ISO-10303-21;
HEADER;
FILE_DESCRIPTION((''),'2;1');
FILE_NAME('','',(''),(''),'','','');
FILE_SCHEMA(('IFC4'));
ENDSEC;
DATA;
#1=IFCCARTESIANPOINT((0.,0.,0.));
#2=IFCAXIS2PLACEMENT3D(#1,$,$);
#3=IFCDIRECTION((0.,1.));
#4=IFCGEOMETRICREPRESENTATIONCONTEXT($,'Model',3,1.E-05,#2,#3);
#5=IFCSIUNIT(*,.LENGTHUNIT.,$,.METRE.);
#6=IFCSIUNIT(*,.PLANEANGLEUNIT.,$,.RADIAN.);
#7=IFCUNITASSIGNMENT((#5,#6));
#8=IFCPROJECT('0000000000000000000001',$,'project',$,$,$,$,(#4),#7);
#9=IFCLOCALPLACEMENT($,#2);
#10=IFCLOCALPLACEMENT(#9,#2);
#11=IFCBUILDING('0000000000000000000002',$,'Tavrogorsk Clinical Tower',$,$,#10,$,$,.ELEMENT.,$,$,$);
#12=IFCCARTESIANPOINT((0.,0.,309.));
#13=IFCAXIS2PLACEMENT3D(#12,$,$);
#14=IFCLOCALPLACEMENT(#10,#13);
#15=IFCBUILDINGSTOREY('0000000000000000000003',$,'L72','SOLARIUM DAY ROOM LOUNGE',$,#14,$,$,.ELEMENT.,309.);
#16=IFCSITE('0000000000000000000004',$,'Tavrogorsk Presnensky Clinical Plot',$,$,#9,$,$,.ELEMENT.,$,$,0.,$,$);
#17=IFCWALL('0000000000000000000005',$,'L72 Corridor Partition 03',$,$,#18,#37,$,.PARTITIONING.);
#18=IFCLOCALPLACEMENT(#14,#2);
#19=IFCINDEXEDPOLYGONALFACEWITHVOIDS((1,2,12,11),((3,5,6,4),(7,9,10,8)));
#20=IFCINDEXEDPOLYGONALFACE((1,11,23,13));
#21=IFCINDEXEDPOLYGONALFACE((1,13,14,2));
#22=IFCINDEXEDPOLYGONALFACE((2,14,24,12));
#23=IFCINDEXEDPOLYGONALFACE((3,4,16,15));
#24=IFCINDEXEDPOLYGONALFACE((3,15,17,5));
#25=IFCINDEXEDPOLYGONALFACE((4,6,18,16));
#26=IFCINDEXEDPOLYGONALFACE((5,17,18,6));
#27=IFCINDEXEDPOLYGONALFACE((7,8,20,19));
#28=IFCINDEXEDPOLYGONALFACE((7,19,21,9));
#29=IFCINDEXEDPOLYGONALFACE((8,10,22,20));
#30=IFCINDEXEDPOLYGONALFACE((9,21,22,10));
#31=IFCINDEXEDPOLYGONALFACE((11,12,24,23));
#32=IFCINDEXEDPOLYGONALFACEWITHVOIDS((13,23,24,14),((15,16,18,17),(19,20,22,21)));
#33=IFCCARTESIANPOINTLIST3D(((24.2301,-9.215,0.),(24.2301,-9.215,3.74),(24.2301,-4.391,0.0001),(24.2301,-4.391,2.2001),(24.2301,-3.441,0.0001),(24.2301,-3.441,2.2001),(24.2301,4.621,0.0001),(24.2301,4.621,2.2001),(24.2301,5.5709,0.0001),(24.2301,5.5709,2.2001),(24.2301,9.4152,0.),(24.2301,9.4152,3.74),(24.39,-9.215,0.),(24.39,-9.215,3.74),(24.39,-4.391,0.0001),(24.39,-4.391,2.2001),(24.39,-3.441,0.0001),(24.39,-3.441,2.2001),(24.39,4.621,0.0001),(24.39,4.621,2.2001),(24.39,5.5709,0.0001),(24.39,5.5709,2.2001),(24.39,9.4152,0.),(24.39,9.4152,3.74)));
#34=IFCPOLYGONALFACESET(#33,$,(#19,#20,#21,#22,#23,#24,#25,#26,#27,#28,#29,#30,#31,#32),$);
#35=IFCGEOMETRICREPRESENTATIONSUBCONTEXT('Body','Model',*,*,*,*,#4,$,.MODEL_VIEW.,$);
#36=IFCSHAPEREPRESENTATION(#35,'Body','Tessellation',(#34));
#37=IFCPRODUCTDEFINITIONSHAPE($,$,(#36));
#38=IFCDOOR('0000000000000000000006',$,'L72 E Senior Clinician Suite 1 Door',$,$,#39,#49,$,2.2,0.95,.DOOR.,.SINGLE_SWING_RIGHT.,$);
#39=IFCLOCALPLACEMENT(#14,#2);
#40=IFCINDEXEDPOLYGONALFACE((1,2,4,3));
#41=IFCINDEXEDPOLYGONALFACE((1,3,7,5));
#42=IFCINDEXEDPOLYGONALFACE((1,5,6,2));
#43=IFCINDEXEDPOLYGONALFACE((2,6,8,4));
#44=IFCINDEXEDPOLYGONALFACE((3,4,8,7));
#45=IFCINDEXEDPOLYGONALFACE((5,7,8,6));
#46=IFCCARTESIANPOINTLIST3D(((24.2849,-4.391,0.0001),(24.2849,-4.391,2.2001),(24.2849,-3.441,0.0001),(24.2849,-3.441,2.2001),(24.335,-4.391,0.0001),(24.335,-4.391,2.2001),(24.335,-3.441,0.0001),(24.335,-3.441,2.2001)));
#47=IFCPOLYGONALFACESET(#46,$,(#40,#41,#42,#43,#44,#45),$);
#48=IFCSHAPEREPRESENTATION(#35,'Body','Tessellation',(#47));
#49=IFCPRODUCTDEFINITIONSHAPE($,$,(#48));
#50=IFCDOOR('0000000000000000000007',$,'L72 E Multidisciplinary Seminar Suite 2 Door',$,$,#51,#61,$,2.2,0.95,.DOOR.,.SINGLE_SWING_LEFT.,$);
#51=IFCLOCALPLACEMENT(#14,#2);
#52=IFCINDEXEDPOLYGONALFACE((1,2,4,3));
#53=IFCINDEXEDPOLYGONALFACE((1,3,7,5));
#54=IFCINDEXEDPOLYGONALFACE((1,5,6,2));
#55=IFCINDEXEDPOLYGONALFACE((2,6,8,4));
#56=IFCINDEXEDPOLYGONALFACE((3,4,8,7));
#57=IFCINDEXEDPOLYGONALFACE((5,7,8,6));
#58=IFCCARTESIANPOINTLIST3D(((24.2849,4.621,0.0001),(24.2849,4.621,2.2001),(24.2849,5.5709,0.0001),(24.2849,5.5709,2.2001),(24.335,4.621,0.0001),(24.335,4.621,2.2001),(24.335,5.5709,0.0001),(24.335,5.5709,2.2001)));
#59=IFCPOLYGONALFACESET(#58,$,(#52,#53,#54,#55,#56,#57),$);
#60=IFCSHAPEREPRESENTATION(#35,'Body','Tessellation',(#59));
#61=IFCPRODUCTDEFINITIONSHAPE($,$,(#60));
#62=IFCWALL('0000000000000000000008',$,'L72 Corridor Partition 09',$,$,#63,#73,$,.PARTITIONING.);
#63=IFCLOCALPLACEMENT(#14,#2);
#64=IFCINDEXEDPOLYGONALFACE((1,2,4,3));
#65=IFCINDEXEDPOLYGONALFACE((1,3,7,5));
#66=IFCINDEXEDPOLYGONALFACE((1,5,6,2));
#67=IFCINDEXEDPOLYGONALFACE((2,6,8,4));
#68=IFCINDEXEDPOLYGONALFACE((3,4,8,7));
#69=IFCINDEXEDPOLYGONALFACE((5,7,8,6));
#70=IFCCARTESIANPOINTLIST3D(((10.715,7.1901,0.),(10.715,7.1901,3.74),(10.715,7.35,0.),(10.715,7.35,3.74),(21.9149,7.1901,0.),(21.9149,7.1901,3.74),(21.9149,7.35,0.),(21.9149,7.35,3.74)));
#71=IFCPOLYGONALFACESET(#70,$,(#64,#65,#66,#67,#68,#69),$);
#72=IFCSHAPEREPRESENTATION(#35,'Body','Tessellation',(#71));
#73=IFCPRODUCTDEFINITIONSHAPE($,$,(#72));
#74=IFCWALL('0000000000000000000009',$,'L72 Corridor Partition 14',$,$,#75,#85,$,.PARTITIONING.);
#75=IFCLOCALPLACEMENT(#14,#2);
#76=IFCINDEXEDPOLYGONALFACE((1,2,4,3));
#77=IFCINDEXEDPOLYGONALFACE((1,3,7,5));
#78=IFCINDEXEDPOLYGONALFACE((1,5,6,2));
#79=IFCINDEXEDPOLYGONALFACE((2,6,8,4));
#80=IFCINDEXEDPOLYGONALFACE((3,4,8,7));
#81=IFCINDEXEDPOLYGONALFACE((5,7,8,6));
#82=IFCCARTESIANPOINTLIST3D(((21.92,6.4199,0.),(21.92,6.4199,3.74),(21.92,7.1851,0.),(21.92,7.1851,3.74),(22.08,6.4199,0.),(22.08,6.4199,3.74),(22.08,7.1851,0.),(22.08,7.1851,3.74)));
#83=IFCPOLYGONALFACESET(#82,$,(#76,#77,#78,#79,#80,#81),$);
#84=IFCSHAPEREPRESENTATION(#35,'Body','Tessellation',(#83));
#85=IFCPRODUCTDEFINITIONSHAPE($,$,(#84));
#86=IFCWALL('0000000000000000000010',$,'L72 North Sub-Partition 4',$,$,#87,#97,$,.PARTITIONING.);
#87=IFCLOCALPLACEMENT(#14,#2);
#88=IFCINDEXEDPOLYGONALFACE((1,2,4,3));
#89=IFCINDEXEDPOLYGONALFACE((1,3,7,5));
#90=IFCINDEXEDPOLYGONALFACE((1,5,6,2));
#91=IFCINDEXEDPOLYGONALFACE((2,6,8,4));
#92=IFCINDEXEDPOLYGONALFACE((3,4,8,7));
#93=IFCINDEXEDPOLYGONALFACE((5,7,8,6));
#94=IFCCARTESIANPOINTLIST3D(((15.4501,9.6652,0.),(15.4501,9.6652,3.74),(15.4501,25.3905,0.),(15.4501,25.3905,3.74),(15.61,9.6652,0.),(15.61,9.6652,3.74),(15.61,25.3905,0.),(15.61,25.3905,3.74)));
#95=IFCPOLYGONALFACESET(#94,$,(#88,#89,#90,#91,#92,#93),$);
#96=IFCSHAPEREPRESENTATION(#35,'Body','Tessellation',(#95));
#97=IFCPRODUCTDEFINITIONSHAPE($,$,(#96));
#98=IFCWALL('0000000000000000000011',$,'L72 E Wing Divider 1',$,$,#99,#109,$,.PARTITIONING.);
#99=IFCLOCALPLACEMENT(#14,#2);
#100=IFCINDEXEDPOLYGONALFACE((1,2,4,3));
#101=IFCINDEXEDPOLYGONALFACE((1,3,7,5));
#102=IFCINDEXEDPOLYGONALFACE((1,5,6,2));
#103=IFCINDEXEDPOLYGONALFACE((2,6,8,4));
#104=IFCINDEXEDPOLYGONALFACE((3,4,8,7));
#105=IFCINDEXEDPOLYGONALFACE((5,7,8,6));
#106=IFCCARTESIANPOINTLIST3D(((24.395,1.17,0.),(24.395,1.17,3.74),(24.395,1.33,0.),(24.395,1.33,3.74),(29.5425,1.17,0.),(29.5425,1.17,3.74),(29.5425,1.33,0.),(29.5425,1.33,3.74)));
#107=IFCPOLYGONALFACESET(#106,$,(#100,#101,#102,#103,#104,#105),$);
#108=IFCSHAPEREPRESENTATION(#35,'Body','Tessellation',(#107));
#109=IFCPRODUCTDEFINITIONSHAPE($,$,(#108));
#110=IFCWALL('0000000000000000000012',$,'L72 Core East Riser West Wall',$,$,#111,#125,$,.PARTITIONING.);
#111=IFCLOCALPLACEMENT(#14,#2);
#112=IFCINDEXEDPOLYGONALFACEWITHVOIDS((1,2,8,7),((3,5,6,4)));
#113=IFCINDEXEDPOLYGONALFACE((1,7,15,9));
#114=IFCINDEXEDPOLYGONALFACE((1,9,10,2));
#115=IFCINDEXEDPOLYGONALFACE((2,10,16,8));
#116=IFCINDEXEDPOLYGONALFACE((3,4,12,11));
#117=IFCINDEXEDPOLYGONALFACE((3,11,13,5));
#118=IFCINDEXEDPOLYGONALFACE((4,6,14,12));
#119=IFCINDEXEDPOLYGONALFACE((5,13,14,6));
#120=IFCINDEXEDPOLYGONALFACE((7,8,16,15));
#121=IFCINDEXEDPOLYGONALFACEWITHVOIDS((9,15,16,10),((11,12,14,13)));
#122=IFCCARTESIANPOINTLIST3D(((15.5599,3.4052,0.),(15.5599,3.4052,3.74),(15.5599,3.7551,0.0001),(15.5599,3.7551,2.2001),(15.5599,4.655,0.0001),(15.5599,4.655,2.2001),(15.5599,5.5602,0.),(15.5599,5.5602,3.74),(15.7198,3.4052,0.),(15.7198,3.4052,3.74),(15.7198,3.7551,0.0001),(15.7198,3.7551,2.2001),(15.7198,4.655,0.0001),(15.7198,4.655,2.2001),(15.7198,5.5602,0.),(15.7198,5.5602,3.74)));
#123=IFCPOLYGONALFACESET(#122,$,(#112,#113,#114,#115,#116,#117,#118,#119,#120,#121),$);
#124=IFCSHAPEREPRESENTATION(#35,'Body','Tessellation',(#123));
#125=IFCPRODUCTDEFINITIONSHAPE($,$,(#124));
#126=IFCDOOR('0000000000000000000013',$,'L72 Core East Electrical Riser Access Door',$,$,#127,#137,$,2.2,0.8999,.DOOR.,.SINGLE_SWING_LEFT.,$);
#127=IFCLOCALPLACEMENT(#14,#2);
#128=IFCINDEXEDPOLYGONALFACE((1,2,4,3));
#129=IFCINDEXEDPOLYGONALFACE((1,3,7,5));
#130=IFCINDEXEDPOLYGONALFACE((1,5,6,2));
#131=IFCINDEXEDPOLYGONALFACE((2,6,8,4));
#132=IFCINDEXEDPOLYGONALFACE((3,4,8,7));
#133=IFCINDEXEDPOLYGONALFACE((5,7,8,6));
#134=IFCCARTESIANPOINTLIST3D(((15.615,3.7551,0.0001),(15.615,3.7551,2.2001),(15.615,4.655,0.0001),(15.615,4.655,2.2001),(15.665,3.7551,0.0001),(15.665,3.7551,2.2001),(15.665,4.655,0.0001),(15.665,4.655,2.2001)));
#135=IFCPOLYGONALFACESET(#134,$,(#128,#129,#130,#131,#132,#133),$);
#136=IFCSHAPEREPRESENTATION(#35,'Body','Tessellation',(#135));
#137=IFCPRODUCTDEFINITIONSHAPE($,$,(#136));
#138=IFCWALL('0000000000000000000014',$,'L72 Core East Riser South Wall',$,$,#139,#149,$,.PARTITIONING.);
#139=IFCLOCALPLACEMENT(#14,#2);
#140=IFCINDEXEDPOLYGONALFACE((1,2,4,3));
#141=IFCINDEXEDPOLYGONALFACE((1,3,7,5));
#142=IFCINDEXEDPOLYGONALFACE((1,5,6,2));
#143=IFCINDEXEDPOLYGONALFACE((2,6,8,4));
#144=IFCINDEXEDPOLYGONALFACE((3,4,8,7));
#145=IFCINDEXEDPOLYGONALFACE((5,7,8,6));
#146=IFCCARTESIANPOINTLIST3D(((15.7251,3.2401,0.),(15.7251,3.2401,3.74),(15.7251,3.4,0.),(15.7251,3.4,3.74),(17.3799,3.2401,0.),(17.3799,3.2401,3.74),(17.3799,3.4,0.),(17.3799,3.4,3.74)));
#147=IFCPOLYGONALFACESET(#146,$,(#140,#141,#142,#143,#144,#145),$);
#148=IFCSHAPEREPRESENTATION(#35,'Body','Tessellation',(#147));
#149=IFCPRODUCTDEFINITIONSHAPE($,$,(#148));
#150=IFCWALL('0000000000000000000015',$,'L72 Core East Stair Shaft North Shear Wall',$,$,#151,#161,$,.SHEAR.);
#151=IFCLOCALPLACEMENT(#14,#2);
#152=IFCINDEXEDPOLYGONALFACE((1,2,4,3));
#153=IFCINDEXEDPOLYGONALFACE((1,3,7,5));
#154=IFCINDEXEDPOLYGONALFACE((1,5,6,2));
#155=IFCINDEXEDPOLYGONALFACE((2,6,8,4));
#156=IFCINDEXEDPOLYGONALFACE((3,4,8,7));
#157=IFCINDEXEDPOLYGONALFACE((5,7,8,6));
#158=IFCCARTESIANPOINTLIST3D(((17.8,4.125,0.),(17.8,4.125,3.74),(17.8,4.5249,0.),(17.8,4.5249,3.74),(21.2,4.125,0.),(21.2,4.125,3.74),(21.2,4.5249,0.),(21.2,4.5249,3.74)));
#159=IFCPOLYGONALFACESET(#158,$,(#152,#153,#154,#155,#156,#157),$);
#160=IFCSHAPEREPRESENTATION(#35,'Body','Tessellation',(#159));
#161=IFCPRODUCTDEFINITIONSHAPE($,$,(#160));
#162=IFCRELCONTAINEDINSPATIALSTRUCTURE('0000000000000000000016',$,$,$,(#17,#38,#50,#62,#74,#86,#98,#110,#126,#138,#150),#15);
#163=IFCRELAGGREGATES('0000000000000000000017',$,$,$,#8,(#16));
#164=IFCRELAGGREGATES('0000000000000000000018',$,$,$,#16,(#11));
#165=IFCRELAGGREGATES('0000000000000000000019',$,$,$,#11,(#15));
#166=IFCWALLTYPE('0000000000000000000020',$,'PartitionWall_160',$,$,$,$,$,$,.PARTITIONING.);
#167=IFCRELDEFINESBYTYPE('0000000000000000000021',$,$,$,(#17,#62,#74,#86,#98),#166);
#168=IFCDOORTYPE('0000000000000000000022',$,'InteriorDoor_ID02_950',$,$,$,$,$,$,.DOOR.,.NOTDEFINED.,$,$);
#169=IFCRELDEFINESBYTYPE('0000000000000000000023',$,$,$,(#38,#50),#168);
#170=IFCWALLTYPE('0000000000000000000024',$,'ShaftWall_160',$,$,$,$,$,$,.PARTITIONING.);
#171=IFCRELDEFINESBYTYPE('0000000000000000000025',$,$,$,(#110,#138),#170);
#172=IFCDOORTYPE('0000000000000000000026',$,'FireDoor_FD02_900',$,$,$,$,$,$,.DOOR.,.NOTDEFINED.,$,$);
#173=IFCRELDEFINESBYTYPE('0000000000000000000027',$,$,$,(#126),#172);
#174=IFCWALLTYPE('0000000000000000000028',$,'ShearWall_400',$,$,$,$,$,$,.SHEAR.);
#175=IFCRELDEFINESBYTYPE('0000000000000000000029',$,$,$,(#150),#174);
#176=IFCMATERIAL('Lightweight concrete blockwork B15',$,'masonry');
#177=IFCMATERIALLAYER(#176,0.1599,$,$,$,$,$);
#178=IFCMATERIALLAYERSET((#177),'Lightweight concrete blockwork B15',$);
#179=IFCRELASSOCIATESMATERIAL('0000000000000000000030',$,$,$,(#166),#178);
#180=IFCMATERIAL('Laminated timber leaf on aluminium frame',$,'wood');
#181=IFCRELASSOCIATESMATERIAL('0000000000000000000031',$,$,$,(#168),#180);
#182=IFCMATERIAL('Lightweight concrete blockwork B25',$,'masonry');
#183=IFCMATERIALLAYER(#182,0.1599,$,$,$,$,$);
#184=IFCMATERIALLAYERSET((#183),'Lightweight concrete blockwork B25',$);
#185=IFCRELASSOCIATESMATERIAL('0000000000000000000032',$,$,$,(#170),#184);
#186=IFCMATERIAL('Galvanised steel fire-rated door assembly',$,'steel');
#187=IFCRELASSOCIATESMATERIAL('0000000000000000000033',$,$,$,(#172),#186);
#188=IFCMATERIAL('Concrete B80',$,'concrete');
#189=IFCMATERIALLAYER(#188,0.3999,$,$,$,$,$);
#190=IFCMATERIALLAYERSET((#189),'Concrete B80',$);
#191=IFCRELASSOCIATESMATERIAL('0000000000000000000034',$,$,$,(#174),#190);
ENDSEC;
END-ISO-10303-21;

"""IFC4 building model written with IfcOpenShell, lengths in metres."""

from ifc_helpers import new_model, si_unit, direction, frame, frame_2d, origin, place, context, subcontext, project, spatial, rectangle, extrude, material, layer, layer_set, type_object, element, fill, save


model = new_model("IFC4")

# Units and contexts
model_context = context("Model", 3, precision=1e-05, world=origin(), true_north=direction((0.0, 1.0)))
body_context = subcontext(model_context, "Body", "Model", "MODEL_VIEW")
ifc_project = project(units=[si_unit("LENGTHUNIT", "METRE"), si_unit("PLANEANGLEUNIT", "RADIAN")], contexts=[model_context])

# Site, building, storey
site_placement = place(None, origin())
site = spatial("IfcSite", under=ifc_project, at=site_placement, Name="Tavrogorsk Presnensky Clinical Plot", CompositionType="ELEMENT", RefElevation=0.0)
building_placement = place(site_placement, origin())
building = spatial("IfcBuilding", under=site, at=building_placement, Name="Tavrogorsk Clinical Tower", CompositionType="ELEMENT")
storey_placement = place(building_placement, frame((0.0, 0.0, 309.0)))
storey = spatial("IfcBuildingStorey", under=building, at=storey_placement, Name="L72", Description="SOLARIUM DAY ROOM LOUNGE", CompositionType="ELEMENT", Elevation=309.0)

# Wall, openings, doors
ifc_material_1 = material(Name="Lightweight concrete blockwork B15", Category="masonry")
ifc_layer_1 = layer(ifc_material_1, 0.1599)
ifc_layer_set_1 = layer_set([ifc_layer_1], Name="Lightweight concrete blockwork B15")
wall_type_1 = type_object("IfcWallType", Name="PartitionWall_160", PredefinedType="PARTITIONING", material=ifc_layer_set_1)
wall_1_placement = place(storey_placement, frame((24.3101, 9.415, 0.0), z_axis=(0.0, 0.0, 1.0), x_axis=(0.0, -1.0, 0.0)))
wall_1 = element("IfcWall", 1, at=wall_1_placement, inside=storey, type_object=wall_type_1, Name="L72 Corridor Partition 03", PredefinedType="PARTITIONING", context=body_context, shape_type="SweptSolid", body=[
    extrude(rectangle(XDim=18.6301, YDim=0.1599, at=frame_2d((9.3149, 0.0))), origin(), (0.0, 0.0, 1.0), 3.74),
])
opening_1_placement = place(wall_1_placement, frame((12.856, 0.0, 0.0)))
opening_1 = element("IfcOpeningElement", 2, at=opening_1_placement, cuts=wall_1, PredefinedType="OPENING", context=body_context, shape_type="SweptSolid", body=[
    extrude(rectangle(XDim=0.95, YDim=2.2, at=frame_2d((0.4751, 1.1001))), frame((0.0, 0.0898, 0.0), z_axis=(0.0, -1.0, 0.0), x_axis=(1.0, 0.0, 0.0)), (0.0, 0.0, 1.0), 0.1799),
])
opening_2_placement = place(wall_1_placement, frame((3.844, 0.0, 0.0)))
opening_2 = element("IfcOpeningElement", 3, at=opening_2_placement, cuts=wall_1, PredefinedType="OPENING", context=body_context, shape_type="SweptSolid", body=[
    extrude(rectangle(XDim=0.95, YDim=2.2, at=frame_2d((0.4751, 1.1001))), frame((0.0, 0.0898, 0.0), z_axis=(0.0, -1.0, 0.0), x_axis=(1.0, 0.0, 0.0)), (0.0, 0.0, 1.0), 0.1799),
])
ifc_material_2 = material(Name="Laminated timber leaf on aluminium frame", Category="wood")
door_type_1 = type_object("IfcDoorType", Name="InteriorDoor_ID02_950", OperationType="NOTDEFINED", PredefinedType="DOOR", material=ifc_material_2)
door_1_placement = place(opening_1_placement, origin())
door_1 = element("IfcDoor", 4, at=door_1_placement, inside=storey, type_object=door_type_1, Name="L72 E Senior Clinician Suite 1 Door", OperationType="SINGLE_SWING_RIGHT", OverallHeight=2.2, OverallWidth=0.95, PredefinedType="DOOR", context=body_context, shape_type="SweptSolid", body=[
    extrude(rectangle(XDim=0.95, YDim=2.2, at=frame_2d((0.4751, 1.1001))), frame((0.0, 0.0249, 0.0), z_axis=(0.0, -1.0, 0.0), x_axis=(1.0, 0.0, 0.0)), (0.0, 0.0, 1.0), 0.05),
])
fill(opening_1, door_1)
door_2_placement = place(opening_2_placement, origin())
door_2 = element("IfcDoor", 5, at=door_2_placement, inside=storey, type_object=door_type_1, Name="L72 E Multidisciplinary Seminar Suite 2 Door", OperationType="SINGLE_SWING_LEFT", OverallHeight=2.2, OverallWidth=0.95, PredefinedType="DOOR", context=body_context, shape_type="SweptSolid", body=[
    extrude(rectangle(XDim=0.95, YDim=2.2, at=frame_2d((0.4751, 1.1001))), frame((0.0, 0.0249, 0.0), z_axis=(0.0, -1.0, 0.0), x_axis=(1.0, 0.0, 0.0)), (0.0, 0.0, 1.0), 0.05),
])
fill(opening_2, door_2)

# Walls
wall_2_placement = place(storey_placement, frame((21.915, 7.27, 0.0), z_axis=(0.0, 0.0, 1.0), x_axis=(-1.0, 0.0, 0.0)))
element("IfcWall", 6, at=wall_2_placement, inside=storey, type_object=wall_type_1, Name="L72 Corridor Partition 09", PredefinedType="PARTITIONING", context=body_context, shape_type="SweptSolid", body=[
    extrude(rectangle(XDim=11.2, YDim=0.1599, at=frame_2d((5.6001, 0.0))), origin(), (0.0, 0.0, 1.0), 3.74),
])
wall_3_placement = place(storey_placement, frame((22.0, 6.4199, 0.0), z_axis=(0.0, 0.0, 1.0), x_axis=(0.0, 1.0, 0.0)))
element("IfcWall", 7, at=wall_3_placement, inside=storey, type_object=wall_type_1, Name="L72 Corridor Partition 14", PredefinedType="PARTITIONING", context=body_context, shape_type="SweptSolid", body=[
    extrude(rectangle(XDim=0.7651, YDim=0.1599, at=frame_2d((0.3826, 0.0))), origin(), (0.0, 0.0, 1.0), 3.74),
])
wall_4_placement = place(storey_placement, frame((15.53, 9.665, 0.0), z_axis=(0.0, 0.0, 1.0), x_axis=(0.0, 1.0, 0.0)))
element("IfcWall", 8, at=wall_4_placement, inside=storey, type_object=wall_type_1, Name="L72 North Sub-Partition 4", PredefinedType="PARTITIONING", context=body_context, shape_type="SweptSolid", body=[
    extrude(rectangle(XDim=15.7253, YDim=0.1599, at=frame_2d((7.8628, 0.0))), origin(), (0.0, 0.0, 1.0), 3.74),
])
wall_5_placement = place(storey_placement, frame((24.395, 1.25, 0.0), z_axis=(0.0, 0.0, 1.0), x_axis=(1.0, 0.0, 0.0)))
element("IfcWall", 9, at=wall_5_placement, inside=storey, type_object=wall_type_1, Name="L72 E Wing Divider 1", PredefinedType="PARTITIONING", context=body_context, shape_type="SweptSolid", body=[
    extrude(rectangle(XDim=5.1475, YDim=0.1599, at=frame_2d((2.5737, 0.0))), origin(), (0.0, 0.0, 1.0), 3.74),
])

# Wall, opening, door
ifc_material_3 = material(Name="Lightweight concrete blockwork B25", Category="masonry")
ifc_layer_2 = layer(ifc_material_3, 0.1599)
ifc_layer_set_2 = layer_set([ifc_layer_2], Name="Lightweight concrete blockwork B25")
wall_type_2 = type_object("IfcWallType", Name="ShaftWall_160", PredefinedType="PARTITIONING", material=ifc_layer_set_2)
wall_6_placement = place(storey_placement, frame((15.6399, 3.405, 0.0), z_axis=(0.0, 0.0, 1.0), x_axis=(0.0, 1.0, 0.0)))
wall_6 = element("IfcWall", 10, at=wall_6_placement, inside=storey, type_object=wall_type_2, Name="L72 Core East Riser West Wall", PredefinedType="PARTITIONING", context=body_context, shape_type="SweptSolid", body=[
    extrude(rectangle(XDim=2.155, YDim=0.1599, at=frame_2d((1.0776, 0.0))), origin(), (0.0, 0.0, 1.0), 3.74),
])
opening_3_placement = place(wall_6_placement, frame((0.3501, 0.0, 0.0)))
opening_3 = element("IfcOpeningElement", 11, at=opening_3_placement, cuts=wall_6, PredefinedType="OPENING", context=body_context, shape_type="SweptSolid", body=[
    extrude(rectangle(XDim=0.8999, YDim=2.2, at=frame_2d((0.45, 1.1001))), frame((0.0, 0.0898, 0.0), z_axis=(0.0, -1.0, 0.0), x_axis=(1.0, 0.0, 0.0)), (0.0, 0.0, 1.0), 0.1799),
])
ifc_material_4 = material(Name="Galvanised steel fire-rated door assembly", Category="steel")
door_type_2 = type_object("IfcDoorType", Name="FireDoor_FD02_900", OperationType="NOTDEFINED", PredefinedType="DOOR", material=ifc_material_4)
door_3_placement = place(opening_3_placement, origin())
door_3 = element("IfcDoor", 12, at=door_3_placement, inside=storey, type_object=door_type_2, Name="L72 Core East Electrical Riser Access Door", OperationType="SINGLE_SWING_LEFT", OverallHeight=2.2, OverallWidth=0.8999, PredefinedType="DOOR", context=body_context, shape_type="SweptSolid", body=[
    extrude(rectangle(XDim=0.8999, YDim=2.2, at=frame_2d((0.45, 1.1001))), frame((0.0, 0.0249, 0.0), z_axis=(0.0, -1.0, 0.0), x_axis=(1.0, 0.0, 0.0)), (0.0, 0.0, 1.0), 0.05),
])
fill(opening_3, door_3)

# Walls
wall_7_placement = place(storey_placement, frame((15.7251, 3.3201, 0.0), z_axis=(0.0, 0.0, 1.0), x_axis=(1.0, 0.0, 0.0)))
element("IfcWall", 13, at=wall_7_placement, inside=storey, type_object=wall_type_2, Name="L72 Core East Riser South Wall", PredefinedType="PARTITIONING", context=body_context, shape_type="SweptSolid", body=[
    extrude(rectangle(XDim=1.6548, YDim=0.1599, at=frame_2d((0.8274, 0.0))), origin(), (0.0, 0.0, 1.0), 3.74),
])
ifc_material_5 = material(Name="Concrete B80", Category="concrete")
ifc_layer_3 = layer(ifc_material_5, 0.3999)
ifc_layer_set_3 = layer_set([ifc_layer_3], Name="Concrete B80")
wall_type_3 = type_object("IfcWallType", Name="ShearWall_400", PredefinedType="SHEAR", material=ifc_layer_set_3)
wall_8_placement = place(storey_placement, frame((17.8, 4.325, 0.0), z_axis=(0.0, 0.0, 1.0), x_axis=(1.0, 0.0, 0.0)))
element("IfcWall", 14, at=wall_8_placement, inside=storey, type_object=wall_type_3, Name="L72 Core East Stair Shaft North Shear Wall", PredefinedType="SHEAR", context=body_context, shape_type="SweptSolid", body=[
    extrude(rectangle(XDim=3.3999, YDim=0.3999, at=frame_2d((1.7, 0.0))), origin(), (0.0, 0.0, 1.0), 3.74),
])

save(model, "model.ifc")
